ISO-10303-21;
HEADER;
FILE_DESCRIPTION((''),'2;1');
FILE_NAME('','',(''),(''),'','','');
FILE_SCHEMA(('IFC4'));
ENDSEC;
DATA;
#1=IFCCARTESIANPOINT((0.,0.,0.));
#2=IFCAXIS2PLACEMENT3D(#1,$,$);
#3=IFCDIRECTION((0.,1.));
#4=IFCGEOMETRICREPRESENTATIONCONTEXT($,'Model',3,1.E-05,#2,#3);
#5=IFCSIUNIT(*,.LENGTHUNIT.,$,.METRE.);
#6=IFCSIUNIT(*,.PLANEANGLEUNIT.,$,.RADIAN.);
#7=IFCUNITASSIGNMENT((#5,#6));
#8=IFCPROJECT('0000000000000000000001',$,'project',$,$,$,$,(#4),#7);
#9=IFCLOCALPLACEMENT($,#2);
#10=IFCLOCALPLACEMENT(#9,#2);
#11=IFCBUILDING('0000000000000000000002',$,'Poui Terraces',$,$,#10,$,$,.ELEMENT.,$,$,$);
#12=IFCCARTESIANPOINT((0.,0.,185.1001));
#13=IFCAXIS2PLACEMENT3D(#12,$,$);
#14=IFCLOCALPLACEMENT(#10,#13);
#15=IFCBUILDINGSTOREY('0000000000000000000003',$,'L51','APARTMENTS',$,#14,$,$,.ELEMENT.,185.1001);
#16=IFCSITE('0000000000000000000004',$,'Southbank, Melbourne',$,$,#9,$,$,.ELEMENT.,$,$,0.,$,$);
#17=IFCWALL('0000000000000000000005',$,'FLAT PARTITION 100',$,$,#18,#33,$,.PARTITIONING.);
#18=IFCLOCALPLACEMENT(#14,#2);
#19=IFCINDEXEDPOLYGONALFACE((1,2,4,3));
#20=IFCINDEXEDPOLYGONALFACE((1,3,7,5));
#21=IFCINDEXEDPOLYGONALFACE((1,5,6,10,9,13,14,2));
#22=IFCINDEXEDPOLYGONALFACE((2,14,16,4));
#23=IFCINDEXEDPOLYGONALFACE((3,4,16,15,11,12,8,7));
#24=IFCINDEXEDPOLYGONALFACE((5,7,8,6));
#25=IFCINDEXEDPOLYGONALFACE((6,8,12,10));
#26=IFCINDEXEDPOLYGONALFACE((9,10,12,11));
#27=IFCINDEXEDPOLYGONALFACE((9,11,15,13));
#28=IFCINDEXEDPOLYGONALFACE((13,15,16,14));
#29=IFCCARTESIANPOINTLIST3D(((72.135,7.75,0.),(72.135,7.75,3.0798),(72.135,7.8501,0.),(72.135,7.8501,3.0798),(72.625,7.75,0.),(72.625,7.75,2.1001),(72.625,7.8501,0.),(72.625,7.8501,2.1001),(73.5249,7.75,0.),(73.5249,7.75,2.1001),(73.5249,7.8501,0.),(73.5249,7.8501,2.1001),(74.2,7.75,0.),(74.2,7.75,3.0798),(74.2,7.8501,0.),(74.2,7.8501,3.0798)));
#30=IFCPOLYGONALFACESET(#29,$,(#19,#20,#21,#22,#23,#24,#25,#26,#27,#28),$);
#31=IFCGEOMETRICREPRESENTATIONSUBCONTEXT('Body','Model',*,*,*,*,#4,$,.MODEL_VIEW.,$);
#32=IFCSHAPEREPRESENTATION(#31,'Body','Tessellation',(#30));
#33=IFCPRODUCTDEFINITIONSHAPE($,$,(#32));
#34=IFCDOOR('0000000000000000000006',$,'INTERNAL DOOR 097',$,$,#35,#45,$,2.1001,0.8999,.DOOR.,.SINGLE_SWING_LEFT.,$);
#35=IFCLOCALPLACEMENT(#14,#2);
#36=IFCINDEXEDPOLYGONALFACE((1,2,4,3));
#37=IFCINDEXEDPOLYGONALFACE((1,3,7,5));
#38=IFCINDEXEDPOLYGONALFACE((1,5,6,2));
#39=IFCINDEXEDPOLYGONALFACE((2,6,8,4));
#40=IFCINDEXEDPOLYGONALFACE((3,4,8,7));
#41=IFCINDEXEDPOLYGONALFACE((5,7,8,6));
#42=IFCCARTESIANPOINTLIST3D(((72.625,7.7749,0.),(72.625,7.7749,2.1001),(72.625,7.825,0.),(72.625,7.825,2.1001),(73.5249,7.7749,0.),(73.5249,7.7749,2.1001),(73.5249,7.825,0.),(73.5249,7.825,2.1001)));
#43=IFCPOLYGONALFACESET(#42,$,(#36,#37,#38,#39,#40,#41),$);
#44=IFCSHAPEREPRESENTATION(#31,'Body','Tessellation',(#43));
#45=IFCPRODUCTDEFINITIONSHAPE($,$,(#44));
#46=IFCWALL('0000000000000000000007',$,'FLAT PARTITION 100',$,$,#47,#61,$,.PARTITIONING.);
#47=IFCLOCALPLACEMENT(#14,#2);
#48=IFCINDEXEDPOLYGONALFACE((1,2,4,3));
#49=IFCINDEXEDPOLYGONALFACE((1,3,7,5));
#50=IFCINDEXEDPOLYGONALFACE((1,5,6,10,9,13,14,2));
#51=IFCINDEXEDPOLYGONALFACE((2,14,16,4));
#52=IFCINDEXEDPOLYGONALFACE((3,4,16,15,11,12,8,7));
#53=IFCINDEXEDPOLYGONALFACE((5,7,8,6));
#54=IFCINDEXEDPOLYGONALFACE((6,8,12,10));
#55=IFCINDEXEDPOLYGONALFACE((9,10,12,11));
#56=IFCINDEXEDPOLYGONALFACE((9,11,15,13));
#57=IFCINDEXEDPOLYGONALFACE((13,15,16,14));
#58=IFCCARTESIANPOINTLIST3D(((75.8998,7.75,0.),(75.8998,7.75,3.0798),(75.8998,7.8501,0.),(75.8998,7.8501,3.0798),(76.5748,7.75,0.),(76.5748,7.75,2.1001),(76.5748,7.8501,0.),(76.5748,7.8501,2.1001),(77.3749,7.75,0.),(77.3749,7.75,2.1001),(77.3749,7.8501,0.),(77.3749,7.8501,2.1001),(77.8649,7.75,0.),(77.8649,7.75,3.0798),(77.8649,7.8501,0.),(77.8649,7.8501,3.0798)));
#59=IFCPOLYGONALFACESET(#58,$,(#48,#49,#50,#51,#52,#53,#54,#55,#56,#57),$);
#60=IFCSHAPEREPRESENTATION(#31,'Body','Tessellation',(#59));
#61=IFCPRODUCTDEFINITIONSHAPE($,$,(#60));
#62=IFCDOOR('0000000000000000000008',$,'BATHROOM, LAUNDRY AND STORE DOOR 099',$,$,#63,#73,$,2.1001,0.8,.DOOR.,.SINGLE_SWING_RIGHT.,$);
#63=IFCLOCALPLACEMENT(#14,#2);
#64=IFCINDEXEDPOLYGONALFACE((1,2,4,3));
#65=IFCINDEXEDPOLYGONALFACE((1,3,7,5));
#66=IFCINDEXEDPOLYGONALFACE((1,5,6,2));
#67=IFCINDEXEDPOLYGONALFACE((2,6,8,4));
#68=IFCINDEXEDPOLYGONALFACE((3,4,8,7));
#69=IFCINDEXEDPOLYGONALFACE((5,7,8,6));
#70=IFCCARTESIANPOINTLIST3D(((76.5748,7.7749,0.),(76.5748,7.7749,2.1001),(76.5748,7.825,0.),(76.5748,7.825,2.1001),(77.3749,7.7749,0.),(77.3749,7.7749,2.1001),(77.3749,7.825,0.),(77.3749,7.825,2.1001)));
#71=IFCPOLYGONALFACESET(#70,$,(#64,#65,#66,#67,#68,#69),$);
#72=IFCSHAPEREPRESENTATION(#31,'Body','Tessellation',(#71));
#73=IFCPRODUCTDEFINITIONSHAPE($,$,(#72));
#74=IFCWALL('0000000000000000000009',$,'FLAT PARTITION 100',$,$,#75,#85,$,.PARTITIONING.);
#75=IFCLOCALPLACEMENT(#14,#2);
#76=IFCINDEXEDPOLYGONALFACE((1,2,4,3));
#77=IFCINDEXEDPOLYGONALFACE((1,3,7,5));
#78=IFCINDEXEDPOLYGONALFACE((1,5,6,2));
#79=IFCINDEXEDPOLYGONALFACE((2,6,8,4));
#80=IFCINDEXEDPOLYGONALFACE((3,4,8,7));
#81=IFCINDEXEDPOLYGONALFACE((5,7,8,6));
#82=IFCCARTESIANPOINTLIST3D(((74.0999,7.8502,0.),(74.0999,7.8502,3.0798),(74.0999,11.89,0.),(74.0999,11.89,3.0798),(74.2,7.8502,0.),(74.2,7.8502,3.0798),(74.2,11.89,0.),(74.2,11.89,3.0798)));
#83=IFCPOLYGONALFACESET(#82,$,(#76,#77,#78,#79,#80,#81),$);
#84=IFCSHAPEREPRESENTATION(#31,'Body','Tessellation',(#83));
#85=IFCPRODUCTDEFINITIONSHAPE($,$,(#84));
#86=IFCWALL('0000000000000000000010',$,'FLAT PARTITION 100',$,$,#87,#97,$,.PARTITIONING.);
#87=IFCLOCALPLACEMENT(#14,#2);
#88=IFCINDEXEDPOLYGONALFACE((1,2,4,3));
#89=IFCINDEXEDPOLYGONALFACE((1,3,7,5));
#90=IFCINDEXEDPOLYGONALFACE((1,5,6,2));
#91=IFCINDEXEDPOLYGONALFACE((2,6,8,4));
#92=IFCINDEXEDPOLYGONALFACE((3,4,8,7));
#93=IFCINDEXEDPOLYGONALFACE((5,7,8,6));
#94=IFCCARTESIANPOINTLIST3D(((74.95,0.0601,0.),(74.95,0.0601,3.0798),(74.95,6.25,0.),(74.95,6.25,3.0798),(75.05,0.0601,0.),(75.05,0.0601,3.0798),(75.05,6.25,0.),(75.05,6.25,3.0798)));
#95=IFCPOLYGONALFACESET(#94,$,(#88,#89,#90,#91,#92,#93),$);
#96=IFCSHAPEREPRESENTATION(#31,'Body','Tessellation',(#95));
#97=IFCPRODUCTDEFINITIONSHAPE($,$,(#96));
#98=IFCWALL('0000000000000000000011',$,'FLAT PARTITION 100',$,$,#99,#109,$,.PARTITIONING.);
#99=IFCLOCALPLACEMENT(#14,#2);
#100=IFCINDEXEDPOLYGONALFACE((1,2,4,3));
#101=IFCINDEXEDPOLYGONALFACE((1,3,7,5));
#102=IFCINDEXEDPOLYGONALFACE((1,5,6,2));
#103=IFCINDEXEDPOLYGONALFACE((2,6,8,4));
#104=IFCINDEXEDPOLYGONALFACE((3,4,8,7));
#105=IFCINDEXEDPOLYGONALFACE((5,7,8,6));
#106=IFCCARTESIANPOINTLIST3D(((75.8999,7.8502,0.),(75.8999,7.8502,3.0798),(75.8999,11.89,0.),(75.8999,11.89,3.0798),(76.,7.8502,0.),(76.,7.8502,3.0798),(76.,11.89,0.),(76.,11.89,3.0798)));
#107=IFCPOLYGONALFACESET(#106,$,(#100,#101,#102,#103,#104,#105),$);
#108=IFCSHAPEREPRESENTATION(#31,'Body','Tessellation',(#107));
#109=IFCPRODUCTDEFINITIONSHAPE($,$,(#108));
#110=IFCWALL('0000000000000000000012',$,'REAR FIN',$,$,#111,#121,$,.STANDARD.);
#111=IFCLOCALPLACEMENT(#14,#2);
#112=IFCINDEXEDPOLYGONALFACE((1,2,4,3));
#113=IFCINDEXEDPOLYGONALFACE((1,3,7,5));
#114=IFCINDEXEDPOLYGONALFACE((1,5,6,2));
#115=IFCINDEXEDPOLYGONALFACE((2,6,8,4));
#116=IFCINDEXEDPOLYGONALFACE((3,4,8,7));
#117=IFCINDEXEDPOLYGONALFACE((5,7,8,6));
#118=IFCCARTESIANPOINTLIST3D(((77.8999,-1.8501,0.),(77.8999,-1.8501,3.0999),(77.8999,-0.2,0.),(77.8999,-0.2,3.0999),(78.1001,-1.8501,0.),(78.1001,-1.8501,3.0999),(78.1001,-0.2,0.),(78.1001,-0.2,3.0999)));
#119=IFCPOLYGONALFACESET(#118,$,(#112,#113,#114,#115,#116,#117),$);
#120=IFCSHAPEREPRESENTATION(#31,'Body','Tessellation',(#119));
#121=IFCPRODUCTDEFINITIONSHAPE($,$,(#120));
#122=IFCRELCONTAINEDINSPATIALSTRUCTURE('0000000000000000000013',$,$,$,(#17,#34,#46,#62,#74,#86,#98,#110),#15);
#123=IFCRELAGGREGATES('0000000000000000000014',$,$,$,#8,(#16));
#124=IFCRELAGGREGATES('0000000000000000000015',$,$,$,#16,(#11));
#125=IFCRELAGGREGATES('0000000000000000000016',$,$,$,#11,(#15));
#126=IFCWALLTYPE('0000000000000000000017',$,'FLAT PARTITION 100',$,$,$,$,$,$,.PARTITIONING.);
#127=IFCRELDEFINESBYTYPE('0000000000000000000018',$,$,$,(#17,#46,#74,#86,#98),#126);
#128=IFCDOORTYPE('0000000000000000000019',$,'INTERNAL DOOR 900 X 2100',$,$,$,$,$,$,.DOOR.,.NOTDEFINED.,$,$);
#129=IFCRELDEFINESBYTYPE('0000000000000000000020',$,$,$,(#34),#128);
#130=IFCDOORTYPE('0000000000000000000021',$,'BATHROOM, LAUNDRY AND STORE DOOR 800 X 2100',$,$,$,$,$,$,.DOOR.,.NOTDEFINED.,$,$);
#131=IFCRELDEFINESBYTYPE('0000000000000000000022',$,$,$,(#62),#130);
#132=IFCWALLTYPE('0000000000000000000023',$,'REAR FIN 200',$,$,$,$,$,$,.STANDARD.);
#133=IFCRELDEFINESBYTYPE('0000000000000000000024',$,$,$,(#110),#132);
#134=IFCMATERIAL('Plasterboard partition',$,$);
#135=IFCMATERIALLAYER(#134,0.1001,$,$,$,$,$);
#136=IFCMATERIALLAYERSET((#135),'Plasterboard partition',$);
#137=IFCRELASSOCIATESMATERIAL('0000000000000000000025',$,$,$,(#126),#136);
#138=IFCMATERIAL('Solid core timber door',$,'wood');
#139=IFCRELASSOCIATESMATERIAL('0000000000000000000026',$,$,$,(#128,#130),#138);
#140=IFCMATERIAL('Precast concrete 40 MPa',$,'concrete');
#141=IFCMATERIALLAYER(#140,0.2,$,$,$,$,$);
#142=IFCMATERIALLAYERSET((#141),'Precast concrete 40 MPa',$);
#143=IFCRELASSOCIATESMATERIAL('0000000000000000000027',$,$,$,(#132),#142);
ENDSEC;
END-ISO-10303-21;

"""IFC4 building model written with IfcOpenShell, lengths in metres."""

from ifc_helpers import new_model, si_unit, direction, frame, frame_2d, origin, place, context, subcontext, project, spatial, polyline, rectangle, outline, extrude, source, transform, mapped, material, layer, layer_set, type_object, element, fill, save


model = new_model("IFC4")

# Units and contexts
model_context = context("Model", 3, precision=1e-05, world=origin(), true_north=direction((0.0, 1.0)))
body_context = subcontext(model_context, "Body", "Model", "MODEL_VIEW")
ifc_project = project(units=[si_unit("LENGTHUNIT", "METRE"), si_unit("PLANEANGLEUNIT", "RADIAN")], contexts=[model_context])

# Site, building, storey
site_placement = place(None, origin())
site = spatial("IfcSite", under=ifc_project, at=site_placement, Name="Southbank, Melbourne", CompositionType="ELEMENT", RefElevation=0.0)
building_placement = place(site_placement, origin())
building = spatial("IfcBuilding", under=site, at=building_placement, Name="Poui Terraces", CompositionType="ELEMENT")
storey_placement = place(building_placement, frame((0.0, 0.0, 185.1001)))
storey = spatial("IfcBuildingStorey", under=building, at=storey_placement, Name="L51", Description="APARTMENTS", CompositionType="ELEMENT", Elevation=185.1001)

# Walls, openings, doors
ifc_material_1 = material(Name="Plasterboard partition")
ifc_layer_1 = layer(ifc_material_1, 0.1001)
ifc_layer_set_1 = layer_set([ifc_layer_1], Name="Plasterboard partition")
wall_type_1 = type_object("IfcWallType", Name="FLAT PARTITION 100", PredefinedType="PARTITIONING", material=ifc_layer_set_1)
ifc_material_2 = material(Name="Solid core timber door", Category="wood")
door_type_1 = type_object("IfcDoorType", Name="INTERNAL DOOR 900 X 2100", OperationType="NOTDEFINED", PredefinedType="DOOR", material=ifc_material_2)
wall_1_placement = place(storey_placement, frame((72.135, 7.8, 0.0), z_axis=(0.0, 0.0, 1.0), x_axis=(1.0, 0.0, 0.0)))
wall_1 = element("IfcWall", 1, at=wall_1_placement, inside=storey, type_object=wall_type_1, Name="FLAT PARTITION 100", PredefinedType="PARTITIONING", context=body_context, shape_type="SweptSolid", body=[
    extrude(rectangle(XDim=2.0649, YDim=0.1001, at=frame_2d((1.0325, 0.0))), origin(), (0.0, 0.0, 1.0), 3.0798),
])
opening_1_placement = place(wall_1_placement, frame((0.49, 0.0, 0.0)))
opening_1 = element("IfcOpeningElement", 2, at=opening_1_placement, cuts=wall_1, PredefinedType="OPENING", context=body_context, shape_type="SweptSolid", body=[
    extrude(rectangle(XDim=0.8999, YDim=2.1001, at=frame_2d((0.45, 1.05))), frame((0.0, 0.0601, 0.0), z_axis=(0.0, -1.0, 0.0), x_axis=(1.0, 0.0, 0.0)), (0.0, 0.0, 1.0), 0.1201),
])
door_1_placement = place(opening_1_placement, origin())
door_1 = element("IfcDoor", 3, at=door_1_placement, inside=storey, type_object=door_type_1, Name="INTERNAL DOOR 097", OperationType="SINGLE_SWING_LEFT", OverallHeight=2.1001, OverallWidth=0.8999, PredefinedType="DOOR", context=body_context, shape_type="SweptSolid", body=[
    extrude(rectangle(XDim=0.8999, YDim=2.1001, at=frame_2d((0.45, 1.05))), frame((0.0, 0.0249, 0.0), z_axis=(0.0, -1.0, 0.0), x_axis=(1.0, 0.0, 0.0)), (0.0, 0.0, 1.0), 0.05),
])
fill(opening_1, door_1)
wall_2_placement = place(storey_placement, frame((75.8999, 7.8, 0.0), z_axis=(0.0, 0.0, 1.0), x_axis=(1.0, 0.0, 0.0)))
wall_2 = element("IfcWall", 4, at=wall_2_placement, inside=storey, type_object=wall_type_1, Name="FLAT PARTITION 100", PredefinedType="PARTITIONING", context=body_context, shape_type="SweptSolid", body=[
    extrude(rectangle(XDim=1.9651, YDim=0.1001, at=frame_2d((0.9824, 0.0))), origin(), (0.0, 0.0, 1.0), 3.0798),
])
opening_2_placement = place(wall_2_placement, frame((0.675, 0.0, 0.0)))
opening_2 = element("IfcOpeningElement", 5, at=opening_2_placement, cuts=wall_2, PredefinedType="OPENING", context=body_context, shape_type="SweptSolid", body=[
    extrude(rectangle(XDim=0.8, YDim=2.1001, at=frame_2d((0.3999, 1.05))), frame((0.0, 0.0601, 0.0), z_axis=(0.0, -1.0, 0.0), x_axis=(1.0, 0.0, 0.0)), (0.0, 0.0, 1.0), 0.1201),
])
door_type_2 = type_object("IfcDoorType", Name="BATHROOM, LAUNDRY AND STORE DOOR 800 X 2100", OperationType="NOTDEFINED", PredefinedType="DOOR", material=ifc_material_2)
door_2_placement = place(opening_2_placement, origin())
door_2 = element("IfcDoor", 6, at=door_2_placement, inside=storey, type_object=door_type_2, Name="BATHROOM, LAUNDRY AND STORE DOOR 099", OperationType="SINGLE_SWING_RIGHT", OverallHeight=2.1001, OverallWidth=0.8, PredefinedType="DOOR", context=body_context, shape_type="SweptSolid", body=[
    extrude(rectangle(XDim=0.8, YDim=2.1001, at=frame_2d((0.3999, 1.05))), frame((0.0, 0.0249, 0.0), z_axis=(0.0, -1.0, 0.0), x_axis=(1.0, 0.0, 0.0)), (0.0, 0.0, 1.0), 0.05),
])
fill(opening_2, door_2)

# Walls
wall_3_placement = place(storey_placement, frame((74.1499, 7.8501, 0.0), z_axis=(0.0, 0.0, 1.0), x_axis=(0.0, 1.0, 0.0)))
element("IfcWall", 7, at=wall_3_placement, inside=storey, type_object=wall_type_1, Name="FLAT PARTITION 100", PredefinedType="PARTITIONING", context=body_context, shape_type="SweptSolid", body=[
    extrude(rectangle(XDim=4.0398, YDim=0.1001, at=frame_2d((2.02, 0.0))), origin(), (0.0, 0.0, 1.0), 3.0798),
])
wall_4_placement = place(storey_placement, frame((75.0, 0.0601, 0.0), z_axis=(0.0, 0.0, 1.0), x_axis=(0.0, 1.0, 0.0)))
element("IfcWall", 8, at=wall_4_placement, inside=storey, type_object=wall_type_1, Name="FLAT PARTITION 100", PredefinedType="PARTITIONING", context=body_context, shape_type="SweptSolid", body=[
    extrude(rectangle(XDim=6.1899, YDim=0.1001, at=frame_2d((3.095, 0.0))), origin(), (0.0, 0.0, 1.0), 3.0798),
])
wall_5_placement = place(storey_placement, frame((75.95, 7.8501, 0.0), z_axis=(0.0, 0.0, 1.0), x_axis=(0.0, 1.0, 0.0)))
element("IfcWall", 9, at=wall_5_placement, inside=storey, type_object=wall_type_1, Name="FLAT PARTITION 100", PredefinedType="PARTITIONING", context=body_context, shape_type="SweptSolid", body=[
    extrude(rectangle(XDim=4.0398, YDim=0.1001, at=frame_2d((2.02, 0.0))), origin(), (0.0, 0.0, 1.0), 3.0798),
])
ifc_material_3 = material(Name="Precast concrete 40 MPa", Category="concrete")
ifc_layer_2 = layer(ifc_material_3, 0.2)
ifc_layer_set_2 = layer_set([ifc_layer_2], Name="Precast concrete 40 MPa")
wall_type_2 = type_object("IfcWallType", Name="REAR FIN 200", PredefinedType="STANDARD", material=ifc_layer_set_2)
shared_shape_1 = source(origin(), body_context, "Body", "SweptSolid", [
    extrude(outline(polyline([(0.0, 0.0), (0.2002, 0.0), (0.2002, 1.6501), (0.0, 1.6501), (0.0, 0.0)])), origin(), (0.0, 0.0, 1.0), 3.0999),
])
wall_6_placement = place(storey_placement, frame((77.8999, -1.8501, 0.0)))
element("IfcWall", 10, at=wall_6_placement, inside=storey, type_object=wall_type_2, Name="REAR FIN", PredefinedType="STANDARD", context=body_context, shape_type="MappedRepresentation", body=[
    mapped(shared_shape_1, transform((0.0, 0.0, 0.0))),
])

save(model, "model.ifc")
